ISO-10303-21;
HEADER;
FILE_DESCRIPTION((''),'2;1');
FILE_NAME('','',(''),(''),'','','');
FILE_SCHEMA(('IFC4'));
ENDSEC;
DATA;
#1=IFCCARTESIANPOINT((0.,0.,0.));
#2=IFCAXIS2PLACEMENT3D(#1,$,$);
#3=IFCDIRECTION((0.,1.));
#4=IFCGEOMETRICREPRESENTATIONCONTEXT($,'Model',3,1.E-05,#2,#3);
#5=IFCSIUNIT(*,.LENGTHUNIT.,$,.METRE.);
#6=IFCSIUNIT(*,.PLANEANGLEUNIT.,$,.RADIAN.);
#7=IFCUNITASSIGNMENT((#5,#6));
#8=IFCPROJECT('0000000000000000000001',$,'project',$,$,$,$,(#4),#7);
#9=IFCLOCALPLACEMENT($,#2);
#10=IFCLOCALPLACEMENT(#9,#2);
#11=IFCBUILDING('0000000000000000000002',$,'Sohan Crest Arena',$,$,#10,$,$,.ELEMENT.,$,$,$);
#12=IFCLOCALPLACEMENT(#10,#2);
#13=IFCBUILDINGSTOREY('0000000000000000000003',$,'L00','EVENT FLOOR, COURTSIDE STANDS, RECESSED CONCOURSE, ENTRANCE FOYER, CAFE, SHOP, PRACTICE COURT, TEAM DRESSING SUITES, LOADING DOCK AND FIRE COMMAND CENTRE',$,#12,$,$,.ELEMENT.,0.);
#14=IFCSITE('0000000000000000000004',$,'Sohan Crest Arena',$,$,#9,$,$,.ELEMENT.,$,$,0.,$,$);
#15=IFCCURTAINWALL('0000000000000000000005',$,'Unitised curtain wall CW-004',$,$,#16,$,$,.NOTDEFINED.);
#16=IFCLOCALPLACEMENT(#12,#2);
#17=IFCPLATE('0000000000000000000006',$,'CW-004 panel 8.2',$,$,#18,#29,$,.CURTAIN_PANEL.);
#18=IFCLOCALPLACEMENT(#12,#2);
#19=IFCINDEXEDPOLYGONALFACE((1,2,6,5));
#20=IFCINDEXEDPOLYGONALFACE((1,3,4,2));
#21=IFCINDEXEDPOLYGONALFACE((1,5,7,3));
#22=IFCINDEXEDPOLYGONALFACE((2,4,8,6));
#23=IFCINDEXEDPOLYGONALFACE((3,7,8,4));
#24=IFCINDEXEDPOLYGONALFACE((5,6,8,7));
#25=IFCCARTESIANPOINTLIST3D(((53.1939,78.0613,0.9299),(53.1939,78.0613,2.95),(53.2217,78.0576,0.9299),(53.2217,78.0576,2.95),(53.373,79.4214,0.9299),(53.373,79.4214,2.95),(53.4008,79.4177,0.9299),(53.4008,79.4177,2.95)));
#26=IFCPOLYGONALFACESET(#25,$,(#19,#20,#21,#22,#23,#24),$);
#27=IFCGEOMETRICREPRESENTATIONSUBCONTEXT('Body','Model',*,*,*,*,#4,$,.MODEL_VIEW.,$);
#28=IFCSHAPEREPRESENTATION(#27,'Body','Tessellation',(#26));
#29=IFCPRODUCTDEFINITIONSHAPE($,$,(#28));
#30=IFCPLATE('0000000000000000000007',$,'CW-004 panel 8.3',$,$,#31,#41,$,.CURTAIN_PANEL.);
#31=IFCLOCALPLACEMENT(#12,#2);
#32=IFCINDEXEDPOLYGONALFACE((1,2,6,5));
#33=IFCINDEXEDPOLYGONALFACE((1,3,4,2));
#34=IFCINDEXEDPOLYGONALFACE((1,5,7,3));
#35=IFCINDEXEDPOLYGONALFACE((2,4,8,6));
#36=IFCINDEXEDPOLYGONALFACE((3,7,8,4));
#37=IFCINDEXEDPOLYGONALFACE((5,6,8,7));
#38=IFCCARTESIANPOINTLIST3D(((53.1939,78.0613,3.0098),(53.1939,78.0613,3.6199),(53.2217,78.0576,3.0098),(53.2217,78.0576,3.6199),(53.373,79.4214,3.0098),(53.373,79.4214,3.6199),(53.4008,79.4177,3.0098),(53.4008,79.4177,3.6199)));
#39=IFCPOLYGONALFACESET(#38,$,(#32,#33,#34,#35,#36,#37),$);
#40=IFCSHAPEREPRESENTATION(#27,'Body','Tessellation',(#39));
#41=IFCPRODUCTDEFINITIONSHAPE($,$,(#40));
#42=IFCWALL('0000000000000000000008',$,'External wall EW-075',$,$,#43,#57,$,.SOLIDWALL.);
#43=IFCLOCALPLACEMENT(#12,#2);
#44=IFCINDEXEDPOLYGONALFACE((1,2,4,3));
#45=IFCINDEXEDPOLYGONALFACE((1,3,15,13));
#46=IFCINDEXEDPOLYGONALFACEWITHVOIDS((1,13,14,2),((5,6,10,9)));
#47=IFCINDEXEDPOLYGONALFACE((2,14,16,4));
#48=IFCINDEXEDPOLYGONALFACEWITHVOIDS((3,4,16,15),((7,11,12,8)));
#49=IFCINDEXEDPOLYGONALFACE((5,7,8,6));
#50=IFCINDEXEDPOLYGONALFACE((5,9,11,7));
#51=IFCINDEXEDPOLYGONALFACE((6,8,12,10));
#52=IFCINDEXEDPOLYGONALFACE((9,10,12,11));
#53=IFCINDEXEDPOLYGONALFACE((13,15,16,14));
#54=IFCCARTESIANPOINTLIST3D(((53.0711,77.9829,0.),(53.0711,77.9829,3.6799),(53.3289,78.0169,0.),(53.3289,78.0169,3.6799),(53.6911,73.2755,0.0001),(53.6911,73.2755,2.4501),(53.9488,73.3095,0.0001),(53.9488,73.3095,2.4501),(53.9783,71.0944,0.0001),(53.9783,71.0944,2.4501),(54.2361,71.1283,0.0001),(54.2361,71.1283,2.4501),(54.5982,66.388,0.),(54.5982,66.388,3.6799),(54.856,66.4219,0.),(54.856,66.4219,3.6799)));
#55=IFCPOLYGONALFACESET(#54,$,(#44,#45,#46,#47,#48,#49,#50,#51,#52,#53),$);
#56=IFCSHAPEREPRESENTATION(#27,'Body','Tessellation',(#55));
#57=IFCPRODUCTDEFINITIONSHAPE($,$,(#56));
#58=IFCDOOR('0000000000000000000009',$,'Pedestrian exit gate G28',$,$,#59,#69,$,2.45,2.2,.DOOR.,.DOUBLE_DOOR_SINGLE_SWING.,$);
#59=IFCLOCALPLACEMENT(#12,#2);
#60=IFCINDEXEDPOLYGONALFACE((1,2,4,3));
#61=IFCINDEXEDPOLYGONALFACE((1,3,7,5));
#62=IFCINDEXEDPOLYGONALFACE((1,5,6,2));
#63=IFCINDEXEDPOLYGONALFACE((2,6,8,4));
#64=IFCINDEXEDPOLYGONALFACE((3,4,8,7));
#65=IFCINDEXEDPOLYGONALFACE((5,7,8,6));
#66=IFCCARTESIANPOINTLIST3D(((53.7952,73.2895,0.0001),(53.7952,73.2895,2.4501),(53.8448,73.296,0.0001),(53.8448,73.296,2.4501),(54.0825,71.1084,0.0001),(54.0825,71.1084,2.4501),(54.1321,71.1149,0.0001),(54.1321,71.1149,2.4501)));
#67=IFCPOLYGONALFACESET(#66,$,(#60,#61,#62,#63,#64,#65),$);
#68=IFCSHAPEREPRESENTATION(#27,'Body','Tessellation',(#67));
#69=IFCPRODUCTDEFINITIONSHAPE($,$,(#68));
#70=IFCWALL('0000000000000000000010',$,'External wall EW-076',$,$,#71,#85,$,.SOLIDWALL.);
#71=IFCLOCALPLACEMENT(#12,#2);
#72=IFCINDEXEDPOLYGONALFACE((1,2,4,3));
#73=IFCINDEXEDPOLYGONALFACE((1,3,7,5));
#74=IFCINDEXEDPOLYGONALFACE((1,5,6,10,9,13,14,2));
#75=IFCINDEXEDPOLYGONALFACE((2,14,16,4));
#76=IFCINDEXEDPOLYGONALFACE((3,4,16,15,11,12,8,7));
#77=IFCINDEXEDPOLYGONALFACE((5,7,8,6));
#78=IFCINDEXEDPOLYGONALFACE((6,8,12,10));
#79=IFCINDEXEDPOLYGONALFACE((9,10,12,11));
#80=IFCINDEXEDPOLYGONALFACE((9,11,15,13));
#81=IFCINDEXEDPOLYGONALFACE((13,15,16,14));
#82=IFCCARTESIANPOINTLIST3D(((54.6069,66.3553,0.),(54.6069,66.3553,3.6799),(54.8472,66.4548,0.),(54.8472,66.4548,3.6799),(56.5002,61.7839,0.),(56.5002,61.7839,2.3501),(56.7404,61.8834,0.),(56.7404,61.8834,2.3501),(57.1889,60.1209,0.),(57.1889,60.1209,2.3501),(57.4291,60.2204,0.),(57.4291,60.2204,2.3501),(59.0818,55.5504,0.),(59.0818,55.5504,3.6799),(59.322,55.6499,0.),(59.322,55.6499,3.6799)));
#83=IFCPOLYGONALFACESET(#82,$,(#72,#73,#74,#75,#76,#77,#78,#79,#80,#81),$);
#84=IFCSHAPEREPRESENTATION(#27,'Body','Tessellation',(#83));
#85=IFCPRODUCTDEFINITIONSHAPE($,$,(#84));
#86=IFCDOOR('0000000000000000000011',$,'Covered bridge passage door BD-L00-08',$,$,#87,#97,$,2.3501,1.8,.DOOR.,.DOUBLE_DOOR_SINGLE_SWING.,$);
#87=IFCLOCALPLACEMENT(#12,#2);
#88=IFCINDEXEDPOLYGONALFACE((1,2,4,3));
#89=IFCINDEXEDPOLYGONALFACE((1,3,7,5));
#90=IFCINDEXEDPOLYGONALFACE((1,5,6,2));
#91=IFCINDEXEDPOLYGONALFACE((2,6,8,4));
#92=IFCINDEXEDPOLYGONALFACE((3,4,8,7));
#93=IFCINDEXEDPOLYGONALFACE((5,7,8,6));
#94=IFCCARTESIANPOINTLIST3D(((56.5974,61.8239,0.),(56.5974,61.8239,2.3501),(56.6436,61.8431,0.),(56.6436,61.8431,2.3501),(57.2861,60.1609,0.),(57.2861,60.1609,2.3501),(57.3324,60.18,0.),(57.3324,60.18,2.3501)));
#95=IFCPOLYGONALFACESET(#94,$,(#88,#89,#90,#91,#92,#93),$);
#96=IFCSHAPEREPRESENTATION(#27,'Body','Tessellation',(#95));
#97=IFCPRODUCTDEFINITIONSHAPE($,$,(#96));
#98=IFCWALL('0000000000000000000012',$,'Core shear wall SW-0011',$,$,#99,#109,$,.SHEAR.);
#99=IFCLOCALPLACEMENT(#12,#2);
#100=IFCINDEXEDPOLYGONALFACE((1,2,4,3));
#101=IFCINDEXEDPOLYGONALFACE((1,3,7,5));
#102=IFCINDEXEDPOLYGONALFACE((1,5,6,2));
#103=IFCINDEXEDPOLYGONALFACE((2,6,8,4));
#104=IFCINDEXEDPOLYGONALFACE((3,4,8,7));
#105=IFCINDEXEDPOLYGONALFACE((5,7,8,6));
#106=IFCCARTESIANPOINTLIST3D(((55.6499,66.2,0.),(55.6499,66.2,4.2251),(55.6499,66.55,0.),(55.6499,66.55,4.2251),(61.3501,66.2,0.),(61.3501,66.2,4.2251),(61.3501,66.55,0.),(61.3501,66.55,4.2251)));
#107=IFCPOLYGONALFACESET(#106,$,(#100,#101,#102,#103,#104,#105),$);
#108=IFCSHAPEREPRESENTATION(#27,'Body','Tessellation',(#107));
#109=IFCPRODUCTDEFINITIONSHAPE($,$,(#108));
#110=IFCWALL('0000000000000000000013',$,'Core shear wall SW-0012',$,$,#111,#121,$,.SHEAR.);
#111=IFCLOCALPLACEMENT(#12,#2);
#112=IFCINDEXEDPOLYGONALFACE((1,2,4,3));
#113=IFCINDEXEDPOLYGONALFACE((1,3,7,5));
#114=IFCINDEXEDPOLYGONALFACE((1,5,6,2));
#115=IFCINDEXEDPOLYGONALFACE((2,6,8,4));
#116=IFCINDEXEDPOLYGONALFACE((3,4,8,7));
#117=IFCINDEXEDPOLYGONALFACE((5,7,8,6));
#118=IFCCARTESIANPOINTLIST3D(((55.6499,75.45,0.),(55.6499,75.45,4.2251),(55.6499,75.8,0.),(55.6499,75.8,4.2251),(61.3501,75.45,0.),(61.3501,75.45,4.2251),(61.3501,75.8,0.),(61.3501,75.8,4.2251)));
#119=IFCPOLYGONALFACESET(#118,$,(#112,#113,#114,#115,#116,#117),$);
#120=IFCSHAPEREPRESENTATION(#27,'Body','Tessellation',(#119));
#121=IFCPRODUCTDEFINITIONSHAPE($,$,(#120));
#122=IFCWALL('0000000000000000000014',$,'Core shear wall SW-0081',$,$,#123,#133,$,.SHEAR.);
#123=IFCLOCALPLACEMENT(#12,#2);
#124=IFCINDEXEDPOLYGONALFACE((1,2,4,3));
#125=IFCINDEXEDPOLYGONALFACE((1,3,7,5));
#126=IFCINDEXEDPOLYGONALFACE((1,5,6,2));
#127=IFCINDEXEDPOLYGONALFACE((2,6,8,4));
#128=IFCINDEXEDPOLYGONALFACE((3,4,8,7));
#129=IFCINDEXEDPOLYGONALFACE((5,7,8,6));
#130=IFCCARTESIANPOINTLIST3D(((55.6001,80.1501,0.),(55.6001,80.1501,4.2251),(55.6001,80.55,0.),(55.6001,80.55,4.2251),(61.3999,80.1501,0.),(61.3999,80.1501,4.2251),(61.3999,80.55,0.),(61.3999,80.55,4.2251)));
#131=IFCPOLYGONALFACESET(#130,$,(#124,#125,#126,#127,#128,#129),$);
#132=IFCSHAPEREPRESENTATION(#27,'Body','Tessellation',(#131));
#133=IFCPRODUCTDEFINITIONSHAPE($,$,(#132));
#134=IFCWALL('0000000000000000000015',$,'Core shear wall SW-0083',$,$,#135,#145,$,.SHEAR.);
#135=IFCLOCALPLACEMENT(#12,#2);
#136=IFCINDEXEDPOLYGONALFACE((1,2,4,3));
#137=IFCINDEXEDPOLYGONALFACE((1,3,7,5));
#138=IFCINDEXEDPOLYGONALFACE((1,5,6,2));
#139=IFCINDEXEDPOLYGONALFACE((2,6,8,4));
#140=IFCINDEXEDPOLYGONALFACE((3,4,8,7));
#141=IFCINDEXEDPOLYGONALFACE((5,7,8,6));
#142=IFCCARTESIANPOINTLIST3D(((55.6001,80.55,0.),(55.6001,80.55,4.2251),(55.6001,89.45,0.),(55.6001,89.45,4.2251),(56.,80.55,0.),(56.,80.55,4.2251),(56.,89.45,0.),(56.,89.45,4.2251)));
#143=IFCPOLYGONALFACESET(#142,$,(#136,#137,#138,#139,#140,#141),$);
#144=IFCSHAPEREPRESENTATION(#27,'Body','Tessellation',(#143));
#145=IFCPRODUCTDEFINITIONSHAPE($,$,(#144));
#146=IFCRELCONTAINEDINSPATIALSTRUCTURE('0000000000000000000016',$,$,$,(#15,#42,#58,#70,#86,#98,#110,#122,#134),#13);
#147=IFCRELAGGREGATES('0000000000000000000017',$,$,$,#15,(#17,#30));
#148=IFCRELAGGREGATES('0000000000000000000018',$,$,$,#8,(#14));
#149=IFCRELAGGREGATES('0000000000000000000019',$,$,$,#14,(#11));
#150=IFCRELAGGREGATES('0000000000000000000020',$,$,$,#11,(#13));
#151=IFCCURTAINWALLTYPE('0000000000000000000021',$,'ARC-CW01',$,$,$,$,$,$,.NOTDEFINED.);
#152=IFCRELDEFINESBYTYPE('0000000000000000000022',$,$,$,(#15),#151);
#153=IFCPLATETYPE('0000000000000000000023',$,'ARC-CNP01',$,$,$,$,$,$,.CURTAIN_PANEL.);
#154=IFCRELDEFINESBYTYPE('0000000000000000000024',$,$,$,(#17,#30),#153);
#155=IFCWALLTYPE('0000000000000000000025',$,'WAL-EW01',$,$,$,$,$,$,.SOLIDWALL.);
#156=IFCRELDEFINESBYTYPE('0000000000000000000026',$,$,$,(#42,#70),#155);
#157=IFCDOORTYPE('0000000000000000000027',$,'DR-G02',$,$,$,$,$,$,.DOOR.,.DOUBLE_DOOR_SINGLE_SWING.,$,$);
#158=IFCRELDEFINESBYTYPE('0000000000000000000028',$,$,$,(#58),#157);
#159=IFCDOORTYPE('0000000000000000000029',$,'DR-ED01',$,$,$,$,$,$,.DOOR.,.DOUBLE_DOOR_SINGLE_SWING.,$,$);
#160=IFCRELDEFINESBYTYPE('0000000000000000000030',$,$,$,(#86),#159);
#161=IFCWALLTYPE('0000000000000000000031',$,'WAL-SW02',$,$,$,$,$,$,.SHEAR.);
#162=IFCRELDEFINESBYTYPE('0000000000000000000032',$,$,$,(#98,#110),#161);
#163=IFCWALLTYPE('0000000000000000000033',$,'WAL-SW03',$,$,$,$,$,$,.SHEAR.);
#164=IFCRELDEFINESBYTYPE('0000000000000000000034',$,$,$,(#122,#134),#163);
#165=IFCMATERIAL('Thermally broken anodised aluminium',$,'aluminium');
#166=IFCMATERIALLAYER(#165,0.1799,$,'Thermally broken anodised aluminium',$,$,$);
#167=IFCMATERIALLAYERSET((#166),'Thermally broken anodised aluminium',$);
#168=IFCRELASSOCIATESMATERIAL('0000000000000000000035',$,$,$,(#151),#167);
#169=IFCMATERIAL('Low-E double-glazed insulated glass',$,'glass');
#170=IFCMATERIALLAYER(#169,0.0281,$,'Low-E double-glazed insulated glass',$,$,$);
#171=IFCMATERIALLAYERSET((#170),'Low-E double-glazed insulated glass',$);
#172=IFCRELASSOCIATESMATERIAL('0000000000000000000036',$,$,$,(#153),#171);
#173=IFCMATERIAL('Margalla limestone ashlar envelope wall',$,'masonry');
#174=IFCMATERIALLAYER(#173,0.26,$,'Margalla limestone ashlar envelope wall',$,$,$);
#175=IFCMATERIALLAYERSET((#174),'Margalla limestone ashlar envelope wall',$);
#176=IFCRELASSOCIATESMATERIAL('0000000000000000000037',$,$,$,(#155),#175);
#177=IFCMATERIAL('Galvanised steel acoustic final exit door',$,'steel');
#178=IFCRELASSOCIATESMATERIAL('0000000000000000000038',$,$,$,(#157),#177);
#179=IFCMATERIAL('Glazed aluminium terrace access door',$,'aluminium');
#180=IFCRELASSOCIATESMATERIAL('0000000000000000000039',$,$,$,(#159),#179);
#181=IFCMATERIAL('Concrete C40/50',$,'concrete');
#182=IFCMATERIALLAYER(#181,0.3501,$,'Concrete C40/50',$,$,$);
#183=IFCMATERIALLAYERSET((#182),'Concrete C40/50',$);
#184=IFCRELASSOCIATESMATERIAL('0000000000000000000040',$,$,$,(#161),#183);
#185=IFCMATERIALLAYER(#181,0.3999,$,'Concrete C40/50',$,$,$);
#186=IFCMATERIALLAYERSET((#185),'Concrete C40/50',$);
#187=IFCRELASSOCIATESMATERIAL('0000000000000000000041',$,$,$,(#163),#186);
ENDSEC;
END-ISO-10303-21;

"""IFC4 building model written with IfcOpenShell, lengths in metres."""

from ifc_helpers import new_model, si_unit, direction, frame, frame_2d, origin, origin_2d, place, context, subcontext, project, spatial, rectangle, extrude, material, layer, layer_set, type_object, element, fill, aggregate, save


model = new_model("IFC4")

# Units and contexts
model_context = context("Model", 3, precision=1e-05, world=origin(), true_north=direction((0.0, 1.0)))
body_context = subcontext(model_context, "Body", "Model", "MODEL_VIEW")
ifc_project = project(units=[si_unit("LENGTHUNIT", "METRE"), si_unit("PLANEANGLEUNIT", "RADIAN")], contexts=[model_context])

# Site, building, storey
site_placement = place(None, origin())
site = spatial("IfcSite", under=ifc_project, at=site_placement, Name="Sohan Crest Arena", CompositionType="ELEMENT", RefElevation=0.0)
building_placement = place(site_placement, origin())
building = spatial("IfcBuilding", under=site, at=building_placement, Name="Sohan Crest Arena", CompositionType="ELEMENT")
storey_placement = place(building_placement, origin())
storey = spatial("IfcBuildingStorey", under=building, at=storey_placement, Name="L00", Description="EVENT FLOOR, COURTSIDE STANDS, RECESSED CONCOURSE, ENTRANCE FOYER, CAFE, SHOP, PRACTICE COURT, TEAM DRESSING SUITES, LOADING DOCK AND FIRE COMMAND CENTRE", CompositionType="ELEMENT", Elevation=0.0)

# Shared definitions
ifc_material_1 = material(Name="Concrete C40/50", Category="concrete")

# Curtain wall
ifc_material_2 = material(Name="Thermally broken anodised aluminium", Category="aluminium")
ifc_layer_1 = layer(ifc_material_2, 0.1799, Name="Thermally broken anodised aluminium")
ifc_layer_set_1 = layer_set([ifc_layer_1], Name="Thermally broken anodised aluminium")
curtain_wall_type = type_object("IfcCurtainWallType", Name="ARC-CW01", PredefinedType="NOTDEFINED", material=ifc_layer_set_1)
curtain_wall_placement = place(storey_placement, origin())
curtain_wall = element("IfcCurtainWall", 1, at=curtain_wall_placement, inside=storey, type_object=curtain_wall_type, Name="Unitised curtain wall CW-004", PredefinedType="NOTDEFINED")

# Plates
ifc_material_3 = material(Name="Low-E double-glazed insulated glass", Category="glass")
ifc_layer_2 = layer(ifc_material_3, 0.0281, Name="Low-E double-glazed insulated glass")
ifc_layer_set_2 = layer_set([ifc_layer_2], Name="Low-E double-glazed insulated glass")
plate_type = type_object("IfcPlateType", Name="ARC-CNP01", PredefinedType="CURTAIN_PANEL", material=ifc_layer_set_2)
plate_1_placement = place(storey_placement, frame((53.2974, 78.7395, 0.9299), z_axis=(0.0, 0.0, 1.0), x_axis=(-0.130567, -0.991439, 0.0)))
plate_1 = element("IfcPlate", 2, at=plate_1_placement, type_object=plate_type, Name="CW-004 panel 8.2", PredefinedType="CURTAIN_PANEL", context=body_context, shape_type="SweptSolid", body=[
    extrude(rectangle(XDim=1.3718, YDim=0.0281, at=origin_2d()), origin(), (0.0, 0.0, 1.0), 2.02),
])
plate_2_placement = place(storey_placement, frame((53.2974, 78.7395, 3.0098), z_axis=(0.0, 0.0, 1.0), x_axis=(-0.130567, -0.991439, 0.0)))
plate_2 = element("IfcPlate", 3, at=plate_2_placement, type_object=plate_type, Name="CW-004 panel 8.3", PredefinedType="CURTAIN_PANEL", context=body_context, shape_type="SweptSolid", body=[
    extrude(rectangle(XDim=1.3718, YDim=0.0281, at=origin_2d()), origin(), (0.0, 0.0, 1.0), 0.6101),
])
aggregate(curtain_wall, [plate_1, plate_2])

# Walls, openings, doors
ifc_material_4 = material(Name="Margalla limestone ashlar envelope wall", Category="masonry")
ifc_layer_3 = layer(ifc_material_4, 0.26, Name="Margalla limestone ashlar envelope wall")
ifc_layer_set_3 = layer_set([ifc_layer_3], Name="Margalla limestone ashlar envelope wall")
wall_type_1 = type_object("IfcWallType", Name="WAL-EW01", PredefinedType="SOLIDWALL", material=ifc_layer_set_3)
wall_1_placement = place(storey_placement, frame((53.2, 78.0, 0.0), z_axis=(0.0, 0.0, 1.0), x_axis=(0.130576, -0.991438, 0.0)))
wall_1 = element("IfcWall", 4, at=wall_1_placement, inside=storey, type_object=wall_type_1, Name="External wall EW-075", PredefinedType="SOLIDWALL", context=body_context, shape_type="SweptSolid", body=[
    extrude(rectangle(XDim=11.6951, YDim=0.26, at=frame_2d((5.8477, 0.0))), origin(), (0.0, 0.0, 1.0), 3.6799),
])
opening_1_placement = place(wall_1_placement, frame((4.748, 0.0, 0.0)))
opening_1 = element("IfcOpeningElement", 5, at=opening_1_placement, cuts=wall_1, PredefinedType="OPENING", context=body_context, shape_type="SweptSolid", body=[
    extrude(rectangle(XDim=2.2, YDim=2.45, at=frame_2d((1.1001, 1.2251))), frame((0.0, 0.1399, 0.0), z_axis=(0.0, -1.0, 0.0), x_axis=(1.0, 0.0, 0.0)), (0.0, 0.0, 1.0), 0.28),
])
ifc_material_5 = material(Name="Galvanised steel acoustic final exit door", Category="steel")
door_type_1 = type_object("IfcDoorType", Name="DR-G02", OperationType="DOUBLE_DOOR_SINGLE_SWING", PredefinedType="DOOR", material=ifc_material_5)
door_1_placement = place(opening_1_placement, frame((2.2, 0.0, 0.0), z_axis=(0.0, 0.0, 1.0), x_axis=(-1.0, 0.0, 0.0)))
door_1 = element("IfcDoor", 6, at=door_1_placement, inside=storey, type_object=door_type_1, Name="Pedestrian exit gate G28", OperationType="DOUBLE_DOOR_SINGLE_SWING", OverallHeight=2.45, OverallWidth=2.2, PredefinedType="DOOR", context=body_context, shape_type="SweptSolid", body=[
    extrude(rectangle(XDim=2.2, YDim=2.45, at=frame_2d((1.1001, 1.2251))), frame((0.0, 0.0249, 0.0), z_axis=(0.0, -1.0, 0.0), x_axis=(1.0, 0.0, 0.0)), (0.0, 0.0, 1.0), 0.05),
])
fill(opening_1, door_1)
wall_2_placement = place(storey_placement, frame((54.7271, 66.405, 0.0), z_axis=(0.0, 0.0, 1.0), x_axis=(0.382633, -0.923901, 0.0)))
wall_2 = element("IfcWall", 7, at=wall_2_placement, inside=storey, type_object=wall_type_1, Name="External wall EW-076", PredefinedType="SOLIDWALL", context=body_context, shape_type="SweptSolid", body=[
    extrude(rectangle(XDim=11.6948, YDim=0.26, at=frame_2d((5.8474, 0.0))), origin(), (0.0, 0.0, 1.0), 3.6799),
])
opening_2_placement = place(wall_2_placement, frame((4.948, 0.0, 0.0)))
opening_2 = element("IfcOpeningElement", 8, at=opening_2_placement, cuts=wall_2, PredefinedType="OPENING", context=body_context, shape_type="SweptSolid", body=[
    extrude(rectangle(XDim=1.8, YDim=2.3501, at=frame_2d((0.8999, 1.175))), frame((0.0, 0.1399, 0.0), z_axis=(0.0, -1.0, 0.0), x_axis=(1.0, 0.0, 0.0)), (0.0, 0.0, 1.0), 0.28),
])
ifc_material_6 = material(Name="Glazed aluminium terrace access door", Category="aluminium")
door_type_2 = type_object("IfcDoorType", Name="DR-ED01", OperationType="DOUBLE_DOOR_SINGLE_SWING", PredefinedType="DOOR", material=ifc_material_6)
door_2_placement = place(opening_2_placement, frame((1.8, 0.0, 0.0), z_axis=(0.0, 0.0, 1.0), x_axis=(-1.0, 0.0, 0.0)))
door_2 = element("IfcDoor", 9, at=door_2_placement, inside=storey, type_object=door_type_2, Name="Covered bridge passage door BD-L00-08", OperationType="DOUBLE_DOOR_SINGLE_SWING", OverallHeight=2.3501, OverallWidth=1.8, PredefinedType="DOOR", context=body_context, shape_type="SweptSolid", body=[
    extrude(rectangle(XDim=1.8, YDim=2.3501, at=frame_2d((0.8999, 1.175))), frame((0.0, 0.0249, 0.0), z_axis=(0.0, -1.0, 0.0), x_axis=(1.0, 0.0, 0.0)), (0.0, 0.0, 1.0), 0.05),
])
fill(opening_2, door_2)

# Walls
ifc_layer_4 = layer(ifc_material_1, 0.3501, Name="Concrete C40/50")
ifc_layer_set_4 = layer_set([ifc_layer_4], Name="Concrete C40/50")
wall_type_2 = type_object("IfcWallType", Name="WAL-SW02", PredefinedType="SHEAR", material=ifc_layer_set_4)
for number, where, z_axis, x_axis, name in (
    (10, (55.6499, 66.375, 0.0), (0.0, 0.0, 1.0), (1.0, 0.0, 0.0), "Core shear wall SW-0011"),
    (11, (55.6499, 75.625, 0.0), (0.0, 0.0, 1.0), (1.0, 0.0, 0.0), "Core shear wall SW-0012"),
):
    element("IfcWall", number, at=place(storey_placement, frame(where, z_axis=z_axis, x_axis=x_axis)), inside=storey, type_object=wall_type_2, Name=name, PredefinedType="SHEAR", context=body_context, shape_type="SweptSolid", body=[
        extrude(rectangle(XDim=5.7002, YDim=0.3501, at=frame_2d((2.8501, 0.0))), origin(), (0.0, 0.0, 1.0), 4.2251),
    ])
ifc_layer_5 = layer(ifc_material_1, 0.3999, Name="Concrete C40/50")
ifc_layer_set_5 = layer_set([ifc_layer_5], Name="Concrete C40/50")
wall_type_3 = type_object("IfcWallType", Name="WAL-SW03", PredefinedType="SHEAR", material=ifc_layer_set_5)
wall_3_placement = place(storey_placement, frame((55.6001, 80.3501, 0.0), z_axis=(0.0, 0.0, 1.0), x_axis=(1.0, 0.0, 0.0)))
element("IfcWall", 12, at=wall_3_placement, inside=storey, type_object=wall_type_3, Name="Core shear wall SW-0081", PredefinedType="SHEAR", context=body_context, shape_type="SweptSolid", body=[
    extrude(rectangle(XDim=5.7998, YDim=0.3999, at=frame_2d((2.8999, 0.0))), origin(), (0.0, 0.0, 1.0), 4.2251),
])
wall_4_placement = place(storey_placement, frame((55.8, 80.55, 0.0), z_axis=(0.0, 0.0, 1.0), x_axis=(0.0, 1.0, 0.0)))
element("IfcWall", 13, at=wall_4_placement, inside=storey, type_object=wall_type_3, Name="Core shear wall SW-0083", PredefinedType="SHEAR", context=body_context, shape_type="SweptSolid", body=[
    extrude(rectangle(XDim=8.8999, YDim=0.3999, at=frame_2d((4.45, 0.0))), origin(), (0.0, 0.0, 1.0), 4.2251),
])

save(model, "model.ifc")
